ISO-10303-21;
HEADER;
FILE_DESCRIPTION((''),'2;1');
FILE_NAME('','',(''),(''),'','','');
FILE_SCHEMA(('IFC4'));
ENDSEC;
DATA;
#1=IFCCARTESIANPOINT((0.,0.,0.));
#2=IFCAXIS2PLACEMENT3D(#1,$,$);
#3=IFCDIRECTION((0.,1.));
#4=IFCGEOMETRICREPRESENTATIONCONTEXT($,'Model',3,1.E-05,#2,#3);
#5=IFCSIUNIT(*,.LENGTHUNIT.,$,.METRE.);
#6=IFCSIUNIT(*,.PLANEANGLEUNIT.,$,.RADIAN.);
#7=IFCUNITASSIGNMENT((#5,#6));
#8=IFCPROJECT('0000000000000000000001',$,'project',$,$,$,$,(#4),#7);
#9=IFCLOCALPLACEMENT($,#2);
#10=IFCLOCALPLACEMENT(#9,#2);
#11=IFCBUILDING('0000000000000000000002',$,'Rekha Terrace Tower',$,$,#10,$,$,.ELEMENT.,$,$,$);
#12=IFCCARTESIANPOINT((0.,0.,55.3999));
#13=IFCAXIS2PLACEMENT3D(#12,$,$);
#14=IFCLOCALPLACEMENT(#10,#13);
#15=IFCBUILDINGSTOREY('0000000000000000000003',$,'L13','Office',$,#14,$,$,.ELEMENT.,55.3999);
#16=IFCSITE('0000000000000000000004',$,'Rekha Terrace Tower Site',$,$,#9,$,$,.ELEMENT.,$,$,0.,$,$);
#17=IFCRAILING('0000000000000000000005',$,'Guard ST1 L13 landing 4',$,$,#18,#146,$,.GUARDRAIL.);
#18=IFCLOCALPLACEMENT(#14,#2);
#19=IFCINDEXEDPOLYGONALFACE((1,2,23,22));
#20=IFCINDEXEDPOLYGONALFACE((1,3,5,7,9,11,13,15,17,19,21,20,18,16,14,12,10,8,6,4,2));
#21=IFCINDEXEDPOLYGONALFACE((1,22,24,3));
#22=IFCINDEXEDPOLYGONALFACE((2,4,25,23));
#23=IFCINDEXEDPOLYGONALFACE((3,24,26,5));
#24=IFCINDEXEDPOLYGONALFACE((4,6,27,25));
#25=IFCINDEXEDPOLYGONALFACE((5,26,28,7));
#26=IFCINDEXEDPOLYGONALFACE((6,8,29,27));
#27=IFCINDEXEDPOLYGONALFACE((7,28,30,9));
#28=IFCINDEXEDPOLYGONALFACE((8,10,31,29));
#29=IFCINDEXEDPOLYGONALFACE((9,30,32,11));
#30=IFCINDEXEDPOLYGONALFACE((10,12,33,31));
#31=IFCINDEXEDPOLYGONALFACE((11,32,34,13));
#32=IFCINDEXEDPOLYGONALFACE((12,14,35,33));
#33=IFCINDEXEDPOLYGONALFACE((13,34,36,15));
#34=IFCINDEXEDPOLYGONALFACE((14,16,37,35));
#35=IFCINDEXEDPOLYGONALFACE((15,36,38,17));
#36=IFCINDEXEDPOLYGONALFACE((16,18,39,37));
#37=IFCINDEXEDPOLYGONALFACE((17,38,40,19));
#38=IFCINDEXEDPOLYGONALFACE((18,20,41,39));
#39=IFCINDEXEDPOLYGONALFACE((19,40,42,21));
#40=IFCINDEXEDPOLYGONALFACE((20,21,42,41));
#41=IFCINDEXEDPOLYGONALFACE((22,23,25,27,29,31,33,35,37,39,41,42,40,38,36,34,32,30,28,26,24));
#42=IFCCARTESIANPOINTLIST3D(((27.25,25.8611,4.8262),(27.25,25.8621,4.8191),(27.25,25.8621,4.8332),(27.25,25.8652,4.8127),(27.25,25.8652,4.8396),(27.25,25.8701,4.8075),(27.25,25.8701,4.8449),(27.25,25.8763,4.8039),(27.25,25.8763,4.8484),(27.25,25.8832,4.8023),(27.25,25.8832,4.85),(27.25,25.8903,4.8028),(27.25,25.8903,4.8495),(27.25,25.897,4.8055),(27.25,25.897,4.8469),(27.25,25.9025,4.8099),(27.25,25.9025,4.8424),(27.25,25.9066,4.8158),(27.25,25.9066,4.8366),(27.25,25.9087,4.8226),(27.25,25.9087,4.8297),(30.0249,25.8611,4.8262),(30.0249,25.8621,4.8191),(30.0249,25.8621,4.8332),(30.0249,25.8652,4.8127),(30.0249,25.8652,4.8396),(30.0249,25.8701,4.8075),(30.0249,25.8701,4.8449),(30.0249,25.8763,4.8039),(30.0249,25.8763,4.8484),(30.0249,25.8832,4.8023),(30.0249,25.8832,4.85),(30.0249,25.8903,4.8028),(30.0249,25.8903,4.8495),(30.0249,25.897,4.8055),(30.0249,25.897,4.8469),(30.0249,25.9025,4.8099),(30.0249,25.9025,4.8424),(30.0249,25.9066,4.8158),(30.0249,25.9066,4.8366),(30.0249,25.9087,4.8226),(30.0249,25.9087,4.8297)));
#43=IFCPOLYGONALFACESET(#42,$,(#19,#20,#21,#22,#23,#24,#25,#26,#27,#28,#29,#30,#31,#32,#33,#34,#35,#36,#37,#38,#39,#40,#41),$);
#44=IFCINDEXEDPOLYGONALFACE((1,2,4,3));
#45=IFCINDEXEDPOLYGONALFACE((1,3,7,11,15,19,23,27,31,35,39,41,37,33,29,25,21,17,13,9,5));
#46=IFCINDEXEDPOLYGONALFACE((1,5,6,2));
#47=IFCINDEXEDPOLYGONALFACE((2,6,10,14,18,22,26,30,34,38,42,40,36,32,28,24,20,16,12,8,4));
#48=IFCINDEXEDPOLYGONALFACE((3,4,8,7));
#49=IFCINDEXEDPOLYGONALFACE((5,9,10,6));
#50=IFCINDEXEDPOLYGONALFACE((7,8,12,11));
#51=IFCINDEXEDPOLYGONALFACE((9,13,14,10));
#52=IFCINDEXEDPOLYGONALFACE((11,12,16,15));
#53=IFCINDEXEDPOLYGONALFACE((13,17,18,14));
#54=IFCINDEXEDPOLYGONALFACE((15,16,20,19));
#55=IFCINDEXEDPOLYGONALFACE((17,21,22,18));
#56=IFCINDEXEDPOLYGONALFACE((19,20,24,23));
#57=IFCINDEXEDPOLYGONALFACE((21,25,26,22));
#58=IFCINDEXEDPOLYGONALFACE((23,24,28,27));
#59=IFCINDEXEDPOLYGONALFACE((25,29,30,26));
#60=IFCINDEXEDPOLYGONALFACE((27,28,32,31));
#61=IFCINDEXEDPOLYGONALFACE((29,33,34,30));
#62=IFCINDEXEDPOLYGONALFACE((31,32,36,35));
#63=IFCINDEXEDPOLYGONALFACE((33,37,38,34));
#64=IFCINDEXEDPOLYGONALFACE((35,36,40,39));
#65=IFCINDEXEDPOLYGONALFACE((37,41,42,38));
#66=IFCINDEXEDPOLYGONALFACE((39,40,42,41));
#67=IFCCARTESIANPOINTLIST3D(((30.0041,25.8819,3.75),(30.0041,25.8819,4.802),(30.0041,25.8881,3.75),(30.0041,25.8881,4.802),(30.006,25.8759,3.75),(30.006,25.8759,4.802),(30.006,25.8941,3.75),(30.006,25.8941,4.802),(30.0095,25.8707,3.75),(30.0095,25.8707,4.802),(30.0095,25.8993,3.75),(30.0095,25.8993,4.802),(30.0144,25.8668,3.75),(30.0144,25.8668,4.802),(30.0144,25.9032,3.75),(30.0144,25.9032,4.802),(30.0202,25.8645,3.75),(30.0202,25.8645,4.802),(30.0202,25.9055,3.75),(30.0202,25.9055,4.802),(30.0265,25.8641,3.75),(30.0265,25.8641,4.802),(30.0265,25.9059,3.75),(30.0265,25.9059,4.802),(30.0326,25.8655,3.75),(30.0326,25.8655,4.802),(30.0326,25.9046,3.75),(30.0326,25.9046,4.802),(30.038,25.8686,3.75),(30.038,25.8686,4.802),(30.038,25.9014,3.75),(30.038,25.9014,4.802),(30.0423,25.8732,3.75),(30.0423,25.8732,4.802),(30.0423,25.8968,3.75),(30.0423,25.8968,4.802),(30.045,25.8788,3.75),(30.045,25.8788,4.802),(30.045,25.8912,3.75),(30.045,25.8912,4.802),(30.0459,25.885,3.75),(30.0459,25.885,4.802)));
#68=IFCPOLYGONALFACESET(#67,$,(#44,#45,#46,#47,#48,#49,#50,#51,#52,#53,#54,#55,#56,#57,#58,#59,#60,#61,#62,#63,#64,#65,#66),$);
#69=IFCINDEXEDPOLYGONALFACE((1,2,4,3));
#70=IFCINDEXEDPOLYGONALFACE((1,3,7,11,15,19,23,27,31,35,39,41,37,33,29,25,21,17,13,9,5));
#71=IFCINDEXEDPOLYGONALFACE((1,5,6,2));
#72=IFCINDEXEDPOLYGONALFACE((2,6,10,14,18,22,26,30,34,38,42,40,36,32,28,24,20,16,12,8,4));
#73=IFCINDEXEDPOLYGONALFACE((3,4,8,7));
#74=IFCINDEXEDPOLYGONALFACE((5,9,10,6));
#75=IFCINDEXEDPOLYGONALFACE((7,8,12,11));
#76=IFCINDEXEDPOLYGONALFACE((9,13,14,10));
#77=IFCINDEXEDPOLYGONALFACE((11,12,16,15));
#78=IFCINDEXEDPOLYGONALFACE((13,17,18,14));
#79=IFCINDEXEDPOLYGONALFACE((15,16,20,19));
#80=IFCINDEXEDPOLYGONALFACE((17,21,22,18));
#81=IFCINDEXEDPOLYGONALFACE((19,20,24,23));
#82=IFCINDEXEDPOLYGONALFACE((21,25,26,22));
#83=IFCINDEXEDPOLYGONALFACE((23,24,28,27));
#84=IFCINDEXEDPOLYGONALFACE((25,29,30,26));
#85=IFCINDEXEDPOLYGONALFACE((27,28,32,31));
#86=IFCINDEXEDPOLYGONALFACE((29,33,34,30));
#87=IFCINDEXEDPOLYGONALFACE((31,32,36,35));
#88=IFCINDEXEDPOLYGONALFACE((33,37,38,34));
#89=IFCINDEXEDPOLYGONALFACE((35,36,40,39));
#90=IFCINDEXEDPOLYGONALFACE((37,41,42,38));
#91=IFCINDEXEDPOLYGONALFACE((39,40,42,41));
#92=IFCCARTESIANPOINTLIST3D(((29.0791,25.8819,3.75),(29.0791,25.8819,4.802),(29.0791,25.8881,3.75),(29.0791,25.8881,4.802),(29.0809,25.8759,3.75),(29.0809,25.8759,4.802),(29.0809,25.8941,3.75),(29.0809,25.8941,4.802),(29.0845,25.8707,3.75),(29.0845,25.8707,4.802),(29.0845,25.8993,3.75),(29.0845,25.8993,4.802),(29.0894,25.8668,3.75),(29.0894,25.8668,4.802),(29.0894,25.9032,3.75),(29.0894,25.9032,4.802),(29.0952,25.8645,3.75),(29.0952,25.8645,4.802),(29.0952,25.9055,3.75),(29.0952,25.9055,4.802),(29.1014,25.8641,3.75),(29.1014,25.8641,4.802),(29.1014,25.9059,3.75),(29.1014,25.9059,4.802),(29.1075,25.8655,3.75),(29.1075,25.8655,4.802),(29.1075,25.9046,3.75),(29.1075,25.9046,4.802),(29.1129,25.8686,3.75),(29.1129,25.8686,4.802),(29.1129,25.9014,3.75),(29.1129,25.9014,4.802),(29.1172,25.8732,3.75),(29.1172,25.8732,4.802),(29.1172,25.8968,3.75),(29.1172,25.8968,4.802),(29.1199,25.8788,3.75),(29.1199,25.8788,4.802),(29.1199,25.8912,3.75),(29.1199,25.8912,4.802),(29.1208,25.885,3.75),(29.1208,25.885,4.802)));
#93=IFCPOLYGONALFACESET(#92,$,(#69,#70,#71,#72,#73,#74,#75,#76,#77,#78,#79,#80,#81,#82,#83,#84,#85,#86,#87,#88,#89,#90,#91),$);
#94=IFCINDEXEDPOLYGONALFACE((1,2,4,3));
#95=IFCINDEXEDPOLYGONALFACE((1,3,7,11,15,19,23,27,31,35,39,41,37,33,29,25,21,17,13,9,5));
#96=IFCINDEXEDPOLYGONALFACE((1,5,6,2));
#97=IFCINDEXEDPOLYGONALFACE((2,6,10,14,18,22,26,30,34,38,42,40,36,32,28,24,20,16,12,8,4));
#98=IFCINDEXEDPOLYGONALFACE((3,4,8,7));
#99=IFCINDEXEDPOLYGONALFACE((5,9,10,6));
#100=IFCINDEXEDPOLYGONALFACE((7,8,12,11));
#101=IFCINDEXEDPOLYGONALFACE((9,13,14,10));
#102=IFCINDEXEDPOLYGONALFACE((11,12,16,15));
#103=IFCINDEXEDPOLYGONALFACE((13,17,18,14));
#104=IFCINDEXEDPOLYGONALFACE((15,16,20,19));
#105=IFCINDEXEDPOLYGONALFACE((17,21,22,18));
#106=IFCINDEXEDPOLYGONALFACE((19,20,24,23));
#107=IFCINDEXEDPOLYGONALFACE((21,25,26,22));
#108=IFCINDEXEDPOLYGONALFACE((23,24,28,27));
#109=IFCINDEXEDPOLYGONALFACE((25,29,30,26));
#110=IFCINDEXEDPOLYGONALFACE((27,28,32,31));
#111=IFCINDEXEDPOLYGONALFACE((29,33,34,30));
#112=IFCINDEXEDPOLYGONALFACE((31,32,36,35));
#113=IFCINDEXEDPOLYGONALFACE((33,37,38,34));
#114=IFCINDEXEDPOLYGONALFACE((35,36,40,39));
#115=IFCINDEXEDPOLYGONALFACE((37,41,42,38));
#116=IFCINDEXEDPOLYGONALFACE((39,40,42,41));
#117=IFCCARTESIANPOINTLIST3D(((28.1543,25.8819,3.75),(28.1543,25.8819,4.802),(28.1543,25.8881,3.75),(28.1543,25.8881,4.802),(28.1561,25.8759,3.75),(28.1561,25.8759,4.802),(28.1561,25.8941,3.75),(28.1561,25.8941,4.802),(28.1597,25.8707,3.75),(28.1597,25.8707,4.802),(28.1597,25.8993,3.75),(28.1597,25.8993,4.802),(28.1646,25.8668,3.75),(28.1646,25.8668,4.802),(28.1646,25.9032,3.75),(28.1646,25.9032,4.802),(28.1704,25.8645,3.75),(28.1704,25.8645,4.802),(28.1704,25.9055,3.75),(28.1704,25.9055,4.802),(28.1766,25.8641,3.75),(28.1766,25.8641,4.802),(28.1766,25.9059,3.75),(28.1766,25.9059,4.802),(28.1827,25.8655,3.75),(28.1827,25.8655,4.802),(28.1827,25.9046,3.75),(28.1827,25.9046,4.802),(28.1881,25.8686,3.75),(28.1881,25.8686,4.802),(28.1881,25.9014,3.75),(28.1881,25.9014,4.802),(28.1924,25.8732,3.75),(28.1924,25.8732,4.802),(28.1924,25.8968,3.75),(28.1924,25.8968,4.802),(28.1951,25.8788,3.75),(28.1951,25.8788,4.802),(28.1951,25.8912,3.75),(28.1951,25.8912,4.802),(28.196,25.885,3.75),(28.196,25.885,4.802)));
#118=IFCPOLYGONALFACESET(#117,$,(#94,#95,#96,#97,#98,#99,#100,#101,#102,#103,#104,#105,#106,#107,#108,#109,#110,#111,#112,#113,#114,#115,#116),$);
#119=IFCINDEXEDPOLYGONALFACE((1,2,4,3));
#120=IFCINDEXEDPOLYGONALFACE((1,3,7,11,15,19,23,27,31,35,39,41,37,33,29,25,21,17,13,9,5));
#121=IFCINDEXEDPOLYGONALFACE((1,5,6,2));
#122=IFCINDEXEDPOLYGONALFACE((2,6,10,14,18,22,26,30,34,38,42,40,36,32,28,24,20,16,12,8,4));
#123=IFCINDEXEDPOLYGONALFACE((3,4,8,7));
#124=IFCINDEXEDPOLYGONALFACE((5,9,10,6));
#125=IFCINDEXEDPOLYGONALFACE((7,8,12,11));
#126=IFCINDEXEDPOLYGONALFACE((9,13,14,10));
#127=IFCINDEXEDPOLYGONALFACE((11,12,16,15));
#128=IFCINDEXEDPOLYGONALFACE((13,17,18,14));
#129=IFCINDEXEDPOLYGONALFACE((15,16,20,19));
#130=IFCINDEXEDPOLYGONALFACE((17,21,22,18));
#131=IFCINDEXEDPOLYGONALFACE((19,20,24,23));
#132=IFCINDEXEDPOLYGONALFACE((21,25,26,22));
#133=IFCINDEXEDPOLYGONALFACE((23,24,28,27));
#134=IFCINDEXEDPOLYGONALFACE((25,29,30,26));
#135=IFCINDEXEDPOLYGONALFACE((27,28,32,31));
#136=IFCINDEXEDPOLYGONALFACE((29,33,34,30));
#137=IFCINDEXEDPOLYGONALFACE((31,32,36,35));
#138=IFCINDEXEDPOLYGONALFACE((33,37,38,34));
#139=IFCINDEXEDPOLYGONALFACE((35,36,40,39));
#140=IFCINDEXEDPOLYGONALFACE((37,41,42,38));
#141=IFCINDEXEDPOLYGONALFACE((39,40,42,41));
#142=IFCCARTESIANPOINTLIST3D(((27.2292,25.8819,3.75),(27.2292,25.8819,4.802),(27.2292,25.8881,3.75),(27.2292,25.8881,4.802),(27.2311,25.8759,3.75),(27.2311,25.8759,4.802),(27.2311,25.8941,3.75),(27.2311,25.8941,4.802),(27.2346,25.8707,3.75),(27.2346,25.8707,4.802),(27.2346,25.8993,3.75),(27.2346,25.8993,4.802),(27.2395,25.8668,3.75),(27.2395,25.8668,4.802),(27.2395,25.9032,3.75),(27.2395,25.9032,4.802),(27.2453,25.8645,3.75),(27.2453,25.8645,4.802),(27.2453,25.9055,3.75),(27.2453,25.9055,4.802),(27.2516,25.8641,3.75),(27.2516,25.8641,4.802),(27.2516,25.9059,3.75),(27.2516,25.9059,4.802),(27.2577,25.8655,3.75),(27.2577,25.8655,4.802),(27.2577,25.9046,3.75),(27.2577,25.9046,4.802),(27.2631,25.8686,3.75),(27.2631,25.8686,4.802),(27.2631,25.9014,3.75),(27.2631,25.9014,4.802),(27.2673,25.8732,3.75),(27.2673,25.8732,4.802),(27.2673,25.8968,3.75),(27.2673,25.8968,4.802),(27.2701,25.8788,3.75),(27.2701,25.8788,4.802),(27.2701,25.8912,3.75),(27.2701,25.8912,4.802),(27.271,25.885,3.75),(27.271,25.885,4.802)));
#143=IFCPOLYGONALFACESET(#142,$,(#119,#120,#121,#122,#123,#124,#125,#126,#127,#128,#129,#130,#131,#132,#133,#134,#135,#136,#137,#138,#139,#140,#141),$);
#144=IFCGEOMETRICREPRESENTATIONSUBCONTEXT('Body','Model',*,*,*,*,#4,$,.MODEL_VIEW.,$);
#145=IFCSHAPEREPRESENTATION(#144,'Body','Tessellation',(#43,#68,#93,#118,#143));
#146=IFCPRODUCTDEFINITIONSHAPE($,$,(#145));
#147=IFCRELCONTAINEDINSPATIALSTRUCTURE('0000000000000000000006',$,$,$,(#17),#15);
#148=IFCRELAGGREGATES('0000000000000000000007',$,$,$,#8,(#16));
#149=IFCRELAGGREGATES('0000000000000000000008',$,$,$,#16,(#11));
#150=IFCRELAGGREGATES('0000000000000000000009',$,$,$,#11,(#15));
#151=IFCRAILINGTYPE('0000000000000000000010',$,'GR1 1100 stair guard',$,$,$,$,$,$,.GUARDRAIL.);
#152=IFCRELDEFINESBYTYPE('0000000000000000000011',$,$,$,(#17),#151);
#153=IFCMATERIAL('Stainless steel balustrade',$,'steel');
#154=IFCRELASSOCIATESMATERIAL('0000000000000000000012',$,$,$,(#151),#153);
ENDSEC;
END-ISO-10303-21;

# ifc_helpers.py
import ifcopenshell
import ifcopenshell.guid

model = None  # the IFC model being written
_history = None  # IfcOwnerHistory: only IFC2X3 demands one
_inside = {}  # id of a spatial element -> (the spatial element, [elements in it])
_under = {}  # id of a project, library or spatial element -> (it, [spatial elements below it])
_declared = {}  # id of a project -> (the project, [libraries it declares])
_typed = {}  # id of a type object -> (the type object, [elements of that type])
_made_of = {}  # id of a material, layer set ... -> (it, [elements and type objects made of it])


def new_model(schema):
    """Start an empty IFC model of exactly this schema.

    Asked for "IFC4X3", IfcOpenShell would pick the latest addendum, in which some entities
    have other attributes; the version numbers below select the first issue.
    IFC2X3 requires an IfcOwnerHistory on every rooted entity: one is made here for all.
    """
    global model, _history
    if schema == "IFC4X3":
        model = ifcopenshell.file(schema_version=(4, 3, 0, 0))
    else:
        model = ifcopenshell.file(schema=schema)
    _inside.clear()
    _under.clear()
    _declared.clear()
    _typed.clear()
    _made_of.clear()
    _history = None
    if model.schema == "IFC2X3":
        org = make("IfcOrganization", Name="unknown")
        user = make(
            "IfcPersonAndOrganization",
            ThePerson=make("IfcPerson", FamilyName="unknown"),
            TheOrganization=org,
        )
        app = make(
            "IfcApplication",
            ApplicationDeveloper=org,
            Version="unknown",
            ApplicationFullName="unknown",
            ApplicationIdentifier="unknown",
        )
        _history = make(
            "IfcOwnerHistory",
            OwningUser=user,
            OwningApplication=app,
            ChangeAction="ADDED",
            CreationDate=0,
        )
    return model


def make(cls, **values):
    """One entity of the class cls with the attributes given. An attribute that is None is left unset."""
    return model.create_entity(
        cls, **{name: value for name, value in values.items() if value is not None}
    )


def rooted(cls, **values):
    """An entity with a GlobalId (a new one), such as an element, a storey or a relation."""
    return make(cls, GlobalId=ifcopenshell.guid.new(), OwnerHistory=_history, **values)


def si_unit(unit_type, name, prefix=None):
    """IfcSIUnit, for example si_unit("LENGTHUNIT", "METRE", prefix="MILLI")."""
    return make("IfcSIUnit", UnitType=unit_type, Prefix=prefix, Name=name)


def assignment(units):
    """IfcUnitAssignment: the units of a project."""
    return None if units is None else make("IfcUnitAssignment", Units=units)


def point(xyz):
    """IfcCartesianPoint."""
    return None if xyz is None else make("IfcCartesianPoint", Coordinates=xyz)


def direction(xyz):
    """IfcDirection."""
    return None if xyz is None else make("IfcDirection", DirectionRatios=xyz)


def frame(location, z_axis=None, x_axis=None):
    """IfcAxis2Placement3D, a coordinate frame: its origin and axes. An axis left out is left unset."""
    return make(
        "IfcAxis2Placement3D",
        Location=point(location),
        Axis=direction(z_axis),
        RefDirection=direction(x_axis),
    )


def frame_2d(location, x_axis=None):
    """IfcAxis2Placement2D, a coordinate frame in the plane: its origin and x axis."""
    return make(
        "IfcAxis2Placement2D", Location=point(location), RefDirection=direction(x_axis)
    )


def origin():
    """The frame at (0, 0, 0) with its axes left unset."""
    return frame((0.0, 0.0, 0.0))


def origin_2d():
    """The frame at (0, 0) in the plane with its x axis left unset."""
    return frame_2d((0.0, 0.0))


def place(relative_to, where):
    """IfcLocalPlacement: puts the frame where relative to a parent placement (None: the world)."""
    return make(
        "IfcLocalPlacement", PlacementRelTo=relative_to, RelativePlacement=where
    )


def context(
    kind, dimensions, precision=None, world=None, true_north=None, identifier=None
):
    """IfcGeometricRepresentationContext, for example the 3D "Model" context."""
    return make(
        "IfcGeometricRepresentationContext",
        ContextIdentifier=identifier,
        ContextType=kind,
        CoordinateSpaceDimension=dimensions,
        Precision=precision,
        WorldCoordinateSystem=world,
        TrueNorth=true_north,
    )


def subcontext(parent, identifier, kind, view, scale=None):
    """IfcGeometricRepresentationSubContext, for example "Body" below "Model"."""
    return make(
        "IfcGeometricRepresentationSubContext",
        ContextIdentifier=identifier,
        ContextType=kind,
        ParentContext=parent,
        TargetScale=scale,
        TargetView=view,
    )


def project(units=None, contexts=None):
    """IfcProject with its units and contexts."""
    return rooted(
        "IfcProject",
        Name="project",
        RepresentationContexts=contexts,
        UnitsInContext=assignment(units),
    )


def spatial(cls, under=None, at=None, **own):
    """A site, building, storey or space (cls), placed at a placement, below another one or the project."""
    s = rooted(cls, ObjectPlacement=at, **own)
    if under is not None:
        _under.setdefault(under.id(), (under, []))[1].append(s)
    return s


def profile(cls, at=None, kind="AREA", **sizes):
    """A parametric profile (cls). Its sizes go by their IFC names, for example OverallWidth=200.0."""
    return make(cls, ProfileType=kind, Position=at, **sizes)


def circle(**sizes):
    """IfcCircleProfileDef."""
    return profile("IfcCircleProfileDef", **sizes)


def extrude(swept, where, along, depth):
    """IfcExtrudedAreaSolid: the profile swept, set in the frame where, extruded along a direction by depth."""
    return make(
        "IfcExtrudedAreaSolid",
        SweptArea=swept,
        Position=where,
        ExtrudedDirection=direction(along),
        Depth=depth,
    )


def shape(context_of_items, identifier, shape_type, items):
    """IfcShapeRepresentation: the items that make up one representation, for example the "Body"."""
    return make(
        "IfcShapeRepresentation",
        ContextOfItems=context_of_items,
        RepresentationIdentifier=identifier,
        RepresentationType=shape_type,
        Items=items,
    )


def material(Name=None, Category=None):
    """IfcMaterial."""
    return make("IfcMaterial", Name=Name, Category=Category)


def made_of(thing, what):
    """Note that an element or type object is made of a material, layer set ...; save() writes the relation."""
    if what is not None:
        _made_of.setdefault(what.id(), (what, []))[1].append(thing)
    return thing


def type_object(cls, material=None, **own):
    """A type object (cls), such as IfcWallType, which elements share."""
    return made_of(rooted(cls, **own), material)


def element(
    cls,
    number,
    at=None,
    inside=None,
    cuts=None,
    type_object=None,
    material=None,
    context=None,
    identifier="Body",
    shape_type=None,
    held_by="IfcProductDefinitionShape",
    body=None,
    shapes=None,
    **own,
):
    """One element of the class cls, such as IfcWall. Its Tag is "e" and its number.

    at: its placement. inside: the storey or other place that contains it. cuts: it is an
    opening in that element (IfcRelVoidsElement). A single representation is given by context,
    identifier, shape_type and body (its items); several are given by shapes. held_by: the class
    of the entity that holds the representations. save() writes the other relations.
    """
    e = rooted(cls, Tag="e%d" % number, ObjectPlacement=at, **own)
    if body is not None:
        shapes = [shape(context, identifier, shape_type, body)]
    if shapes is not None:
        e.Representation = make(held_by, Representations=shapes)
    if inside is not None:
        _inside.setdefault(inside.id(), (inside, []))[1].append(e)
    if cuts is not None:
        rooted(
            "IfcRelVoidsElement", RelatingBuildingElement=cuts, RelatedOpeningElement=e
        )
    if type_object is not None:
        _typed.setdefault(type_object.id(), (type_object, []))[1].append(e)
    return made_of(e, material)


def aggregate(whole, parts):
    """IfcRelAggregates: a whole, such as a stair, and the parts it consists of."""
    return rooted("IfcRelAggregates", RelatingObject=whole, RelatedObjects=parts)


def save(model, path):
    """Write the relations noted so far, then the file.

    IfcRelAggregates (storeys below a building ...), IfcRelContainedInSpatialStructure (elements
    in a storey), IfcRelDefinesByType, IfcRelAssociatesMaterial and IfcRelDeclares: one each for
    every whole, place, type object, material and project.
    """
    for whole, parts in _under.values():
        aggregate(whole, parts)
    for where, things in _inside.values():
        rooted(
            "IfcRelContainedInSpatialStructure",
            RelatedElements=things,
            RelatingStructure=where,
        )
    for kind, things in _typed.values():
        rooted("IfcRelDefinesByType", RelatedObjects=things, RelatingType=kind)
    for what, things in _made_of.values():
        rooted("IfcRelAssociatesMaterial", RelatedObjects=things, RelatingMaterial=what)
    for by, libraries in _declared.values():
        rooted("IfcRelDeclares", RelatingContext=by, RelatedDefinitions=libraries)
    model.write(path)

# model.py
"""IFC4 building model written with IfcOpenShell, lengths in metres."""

from ifc_helpers import new_model, si_unit, direction, frame, origin, origin_2d, place, context, subcontext, project, spatial, circle, extrude, material, type_object, element, save


model = new_model("IFC4")

# Units and contexts
model_context = context("Model", 3, precision=1e-05, world=origin(), true_north=direction((0.0, 1.0)))
body_context = subcontext(model_context, "Body", "Model", "MODEL_VIEW")
ifc_project = project(units=[si_unit("LENGTHUNIT", "METRE"), si_unit("PLANEANGLEUNIT", "RADIAN")], contexts=[model_context])

# Site, building, storey
site_placement = place(None, origin())
site = spatial("IfcSite", under=ifc_project, at=site_placement, Name="Rekha Terrace Tower Site", CompositionType="ELEMENT", RefElevation=0.0)
building_placement = place(site_placement, origin())
building = spatial("IfcBuilding", under=site, at=building_placement, Name="Rekha Terrace Tower", CompositionType="ELEMENT")
storey_placement = place(building_placement, frame((0.0, 0.0, 55.3999)))
storey = spatial("IfcBuildingStorey", under=building, at=storey_placement, Name="L13", Description="Office", CompositionType="ELEMENT", Elevation=55.3999)

# Railing
ifc_material_1 = material(Name="Stainless steel balustrade", Category="steel")
railing_type_1 = type_object("IfcRailingType", Name="GR1 1100 stair guard", PredefinedType="GUARDRAIL", material=ifc_material_1)
railing_1_placement = place(storey_placement, frame((30.0249, 25.885, 3.75)))
element("IfcRailing", 1, at=railing_1_placement, inside=storey, type_object=railing_type_1, Name="Guard ST1 L13 landing 4", PredefinedType="GUARDRAIL", context=body_context, shape_type="SweptSolid", body=[
    extrude(circle(Radius=0.0239, at=origin_2d()), frame((0.0, 0.0, 1.0762), z_axis=(-1.0, 0.0, 0.0), x_axis=(0.0, -1.0, 0.0)), (0.0, 0.0, 1.0), 2.7749),
    extrude(circle(Radius=0.021, at=origin_2d()), origin(), (0.0, 0.0, 1.0), 1.052),
    extrude(circle(Radius=0.021, at=origin_2d()), frame((-0.925, 0.0, 0.0)), (0.0, 0.0, 1.0), 1.052),
    extrude(circle(Radius=0.021, at=origin_2d()), frame((-1.8499, 0.0, 0.0)), (0.0, 0.0, 1.0), 1.052),
    extrude(circle(Radius=0.021, at=origin_2d()), frame((-2.7749, 0.0, 0.0)), (0.0, 0.0, 1.0), 1.052),
])

save(model, "model.ifc")
